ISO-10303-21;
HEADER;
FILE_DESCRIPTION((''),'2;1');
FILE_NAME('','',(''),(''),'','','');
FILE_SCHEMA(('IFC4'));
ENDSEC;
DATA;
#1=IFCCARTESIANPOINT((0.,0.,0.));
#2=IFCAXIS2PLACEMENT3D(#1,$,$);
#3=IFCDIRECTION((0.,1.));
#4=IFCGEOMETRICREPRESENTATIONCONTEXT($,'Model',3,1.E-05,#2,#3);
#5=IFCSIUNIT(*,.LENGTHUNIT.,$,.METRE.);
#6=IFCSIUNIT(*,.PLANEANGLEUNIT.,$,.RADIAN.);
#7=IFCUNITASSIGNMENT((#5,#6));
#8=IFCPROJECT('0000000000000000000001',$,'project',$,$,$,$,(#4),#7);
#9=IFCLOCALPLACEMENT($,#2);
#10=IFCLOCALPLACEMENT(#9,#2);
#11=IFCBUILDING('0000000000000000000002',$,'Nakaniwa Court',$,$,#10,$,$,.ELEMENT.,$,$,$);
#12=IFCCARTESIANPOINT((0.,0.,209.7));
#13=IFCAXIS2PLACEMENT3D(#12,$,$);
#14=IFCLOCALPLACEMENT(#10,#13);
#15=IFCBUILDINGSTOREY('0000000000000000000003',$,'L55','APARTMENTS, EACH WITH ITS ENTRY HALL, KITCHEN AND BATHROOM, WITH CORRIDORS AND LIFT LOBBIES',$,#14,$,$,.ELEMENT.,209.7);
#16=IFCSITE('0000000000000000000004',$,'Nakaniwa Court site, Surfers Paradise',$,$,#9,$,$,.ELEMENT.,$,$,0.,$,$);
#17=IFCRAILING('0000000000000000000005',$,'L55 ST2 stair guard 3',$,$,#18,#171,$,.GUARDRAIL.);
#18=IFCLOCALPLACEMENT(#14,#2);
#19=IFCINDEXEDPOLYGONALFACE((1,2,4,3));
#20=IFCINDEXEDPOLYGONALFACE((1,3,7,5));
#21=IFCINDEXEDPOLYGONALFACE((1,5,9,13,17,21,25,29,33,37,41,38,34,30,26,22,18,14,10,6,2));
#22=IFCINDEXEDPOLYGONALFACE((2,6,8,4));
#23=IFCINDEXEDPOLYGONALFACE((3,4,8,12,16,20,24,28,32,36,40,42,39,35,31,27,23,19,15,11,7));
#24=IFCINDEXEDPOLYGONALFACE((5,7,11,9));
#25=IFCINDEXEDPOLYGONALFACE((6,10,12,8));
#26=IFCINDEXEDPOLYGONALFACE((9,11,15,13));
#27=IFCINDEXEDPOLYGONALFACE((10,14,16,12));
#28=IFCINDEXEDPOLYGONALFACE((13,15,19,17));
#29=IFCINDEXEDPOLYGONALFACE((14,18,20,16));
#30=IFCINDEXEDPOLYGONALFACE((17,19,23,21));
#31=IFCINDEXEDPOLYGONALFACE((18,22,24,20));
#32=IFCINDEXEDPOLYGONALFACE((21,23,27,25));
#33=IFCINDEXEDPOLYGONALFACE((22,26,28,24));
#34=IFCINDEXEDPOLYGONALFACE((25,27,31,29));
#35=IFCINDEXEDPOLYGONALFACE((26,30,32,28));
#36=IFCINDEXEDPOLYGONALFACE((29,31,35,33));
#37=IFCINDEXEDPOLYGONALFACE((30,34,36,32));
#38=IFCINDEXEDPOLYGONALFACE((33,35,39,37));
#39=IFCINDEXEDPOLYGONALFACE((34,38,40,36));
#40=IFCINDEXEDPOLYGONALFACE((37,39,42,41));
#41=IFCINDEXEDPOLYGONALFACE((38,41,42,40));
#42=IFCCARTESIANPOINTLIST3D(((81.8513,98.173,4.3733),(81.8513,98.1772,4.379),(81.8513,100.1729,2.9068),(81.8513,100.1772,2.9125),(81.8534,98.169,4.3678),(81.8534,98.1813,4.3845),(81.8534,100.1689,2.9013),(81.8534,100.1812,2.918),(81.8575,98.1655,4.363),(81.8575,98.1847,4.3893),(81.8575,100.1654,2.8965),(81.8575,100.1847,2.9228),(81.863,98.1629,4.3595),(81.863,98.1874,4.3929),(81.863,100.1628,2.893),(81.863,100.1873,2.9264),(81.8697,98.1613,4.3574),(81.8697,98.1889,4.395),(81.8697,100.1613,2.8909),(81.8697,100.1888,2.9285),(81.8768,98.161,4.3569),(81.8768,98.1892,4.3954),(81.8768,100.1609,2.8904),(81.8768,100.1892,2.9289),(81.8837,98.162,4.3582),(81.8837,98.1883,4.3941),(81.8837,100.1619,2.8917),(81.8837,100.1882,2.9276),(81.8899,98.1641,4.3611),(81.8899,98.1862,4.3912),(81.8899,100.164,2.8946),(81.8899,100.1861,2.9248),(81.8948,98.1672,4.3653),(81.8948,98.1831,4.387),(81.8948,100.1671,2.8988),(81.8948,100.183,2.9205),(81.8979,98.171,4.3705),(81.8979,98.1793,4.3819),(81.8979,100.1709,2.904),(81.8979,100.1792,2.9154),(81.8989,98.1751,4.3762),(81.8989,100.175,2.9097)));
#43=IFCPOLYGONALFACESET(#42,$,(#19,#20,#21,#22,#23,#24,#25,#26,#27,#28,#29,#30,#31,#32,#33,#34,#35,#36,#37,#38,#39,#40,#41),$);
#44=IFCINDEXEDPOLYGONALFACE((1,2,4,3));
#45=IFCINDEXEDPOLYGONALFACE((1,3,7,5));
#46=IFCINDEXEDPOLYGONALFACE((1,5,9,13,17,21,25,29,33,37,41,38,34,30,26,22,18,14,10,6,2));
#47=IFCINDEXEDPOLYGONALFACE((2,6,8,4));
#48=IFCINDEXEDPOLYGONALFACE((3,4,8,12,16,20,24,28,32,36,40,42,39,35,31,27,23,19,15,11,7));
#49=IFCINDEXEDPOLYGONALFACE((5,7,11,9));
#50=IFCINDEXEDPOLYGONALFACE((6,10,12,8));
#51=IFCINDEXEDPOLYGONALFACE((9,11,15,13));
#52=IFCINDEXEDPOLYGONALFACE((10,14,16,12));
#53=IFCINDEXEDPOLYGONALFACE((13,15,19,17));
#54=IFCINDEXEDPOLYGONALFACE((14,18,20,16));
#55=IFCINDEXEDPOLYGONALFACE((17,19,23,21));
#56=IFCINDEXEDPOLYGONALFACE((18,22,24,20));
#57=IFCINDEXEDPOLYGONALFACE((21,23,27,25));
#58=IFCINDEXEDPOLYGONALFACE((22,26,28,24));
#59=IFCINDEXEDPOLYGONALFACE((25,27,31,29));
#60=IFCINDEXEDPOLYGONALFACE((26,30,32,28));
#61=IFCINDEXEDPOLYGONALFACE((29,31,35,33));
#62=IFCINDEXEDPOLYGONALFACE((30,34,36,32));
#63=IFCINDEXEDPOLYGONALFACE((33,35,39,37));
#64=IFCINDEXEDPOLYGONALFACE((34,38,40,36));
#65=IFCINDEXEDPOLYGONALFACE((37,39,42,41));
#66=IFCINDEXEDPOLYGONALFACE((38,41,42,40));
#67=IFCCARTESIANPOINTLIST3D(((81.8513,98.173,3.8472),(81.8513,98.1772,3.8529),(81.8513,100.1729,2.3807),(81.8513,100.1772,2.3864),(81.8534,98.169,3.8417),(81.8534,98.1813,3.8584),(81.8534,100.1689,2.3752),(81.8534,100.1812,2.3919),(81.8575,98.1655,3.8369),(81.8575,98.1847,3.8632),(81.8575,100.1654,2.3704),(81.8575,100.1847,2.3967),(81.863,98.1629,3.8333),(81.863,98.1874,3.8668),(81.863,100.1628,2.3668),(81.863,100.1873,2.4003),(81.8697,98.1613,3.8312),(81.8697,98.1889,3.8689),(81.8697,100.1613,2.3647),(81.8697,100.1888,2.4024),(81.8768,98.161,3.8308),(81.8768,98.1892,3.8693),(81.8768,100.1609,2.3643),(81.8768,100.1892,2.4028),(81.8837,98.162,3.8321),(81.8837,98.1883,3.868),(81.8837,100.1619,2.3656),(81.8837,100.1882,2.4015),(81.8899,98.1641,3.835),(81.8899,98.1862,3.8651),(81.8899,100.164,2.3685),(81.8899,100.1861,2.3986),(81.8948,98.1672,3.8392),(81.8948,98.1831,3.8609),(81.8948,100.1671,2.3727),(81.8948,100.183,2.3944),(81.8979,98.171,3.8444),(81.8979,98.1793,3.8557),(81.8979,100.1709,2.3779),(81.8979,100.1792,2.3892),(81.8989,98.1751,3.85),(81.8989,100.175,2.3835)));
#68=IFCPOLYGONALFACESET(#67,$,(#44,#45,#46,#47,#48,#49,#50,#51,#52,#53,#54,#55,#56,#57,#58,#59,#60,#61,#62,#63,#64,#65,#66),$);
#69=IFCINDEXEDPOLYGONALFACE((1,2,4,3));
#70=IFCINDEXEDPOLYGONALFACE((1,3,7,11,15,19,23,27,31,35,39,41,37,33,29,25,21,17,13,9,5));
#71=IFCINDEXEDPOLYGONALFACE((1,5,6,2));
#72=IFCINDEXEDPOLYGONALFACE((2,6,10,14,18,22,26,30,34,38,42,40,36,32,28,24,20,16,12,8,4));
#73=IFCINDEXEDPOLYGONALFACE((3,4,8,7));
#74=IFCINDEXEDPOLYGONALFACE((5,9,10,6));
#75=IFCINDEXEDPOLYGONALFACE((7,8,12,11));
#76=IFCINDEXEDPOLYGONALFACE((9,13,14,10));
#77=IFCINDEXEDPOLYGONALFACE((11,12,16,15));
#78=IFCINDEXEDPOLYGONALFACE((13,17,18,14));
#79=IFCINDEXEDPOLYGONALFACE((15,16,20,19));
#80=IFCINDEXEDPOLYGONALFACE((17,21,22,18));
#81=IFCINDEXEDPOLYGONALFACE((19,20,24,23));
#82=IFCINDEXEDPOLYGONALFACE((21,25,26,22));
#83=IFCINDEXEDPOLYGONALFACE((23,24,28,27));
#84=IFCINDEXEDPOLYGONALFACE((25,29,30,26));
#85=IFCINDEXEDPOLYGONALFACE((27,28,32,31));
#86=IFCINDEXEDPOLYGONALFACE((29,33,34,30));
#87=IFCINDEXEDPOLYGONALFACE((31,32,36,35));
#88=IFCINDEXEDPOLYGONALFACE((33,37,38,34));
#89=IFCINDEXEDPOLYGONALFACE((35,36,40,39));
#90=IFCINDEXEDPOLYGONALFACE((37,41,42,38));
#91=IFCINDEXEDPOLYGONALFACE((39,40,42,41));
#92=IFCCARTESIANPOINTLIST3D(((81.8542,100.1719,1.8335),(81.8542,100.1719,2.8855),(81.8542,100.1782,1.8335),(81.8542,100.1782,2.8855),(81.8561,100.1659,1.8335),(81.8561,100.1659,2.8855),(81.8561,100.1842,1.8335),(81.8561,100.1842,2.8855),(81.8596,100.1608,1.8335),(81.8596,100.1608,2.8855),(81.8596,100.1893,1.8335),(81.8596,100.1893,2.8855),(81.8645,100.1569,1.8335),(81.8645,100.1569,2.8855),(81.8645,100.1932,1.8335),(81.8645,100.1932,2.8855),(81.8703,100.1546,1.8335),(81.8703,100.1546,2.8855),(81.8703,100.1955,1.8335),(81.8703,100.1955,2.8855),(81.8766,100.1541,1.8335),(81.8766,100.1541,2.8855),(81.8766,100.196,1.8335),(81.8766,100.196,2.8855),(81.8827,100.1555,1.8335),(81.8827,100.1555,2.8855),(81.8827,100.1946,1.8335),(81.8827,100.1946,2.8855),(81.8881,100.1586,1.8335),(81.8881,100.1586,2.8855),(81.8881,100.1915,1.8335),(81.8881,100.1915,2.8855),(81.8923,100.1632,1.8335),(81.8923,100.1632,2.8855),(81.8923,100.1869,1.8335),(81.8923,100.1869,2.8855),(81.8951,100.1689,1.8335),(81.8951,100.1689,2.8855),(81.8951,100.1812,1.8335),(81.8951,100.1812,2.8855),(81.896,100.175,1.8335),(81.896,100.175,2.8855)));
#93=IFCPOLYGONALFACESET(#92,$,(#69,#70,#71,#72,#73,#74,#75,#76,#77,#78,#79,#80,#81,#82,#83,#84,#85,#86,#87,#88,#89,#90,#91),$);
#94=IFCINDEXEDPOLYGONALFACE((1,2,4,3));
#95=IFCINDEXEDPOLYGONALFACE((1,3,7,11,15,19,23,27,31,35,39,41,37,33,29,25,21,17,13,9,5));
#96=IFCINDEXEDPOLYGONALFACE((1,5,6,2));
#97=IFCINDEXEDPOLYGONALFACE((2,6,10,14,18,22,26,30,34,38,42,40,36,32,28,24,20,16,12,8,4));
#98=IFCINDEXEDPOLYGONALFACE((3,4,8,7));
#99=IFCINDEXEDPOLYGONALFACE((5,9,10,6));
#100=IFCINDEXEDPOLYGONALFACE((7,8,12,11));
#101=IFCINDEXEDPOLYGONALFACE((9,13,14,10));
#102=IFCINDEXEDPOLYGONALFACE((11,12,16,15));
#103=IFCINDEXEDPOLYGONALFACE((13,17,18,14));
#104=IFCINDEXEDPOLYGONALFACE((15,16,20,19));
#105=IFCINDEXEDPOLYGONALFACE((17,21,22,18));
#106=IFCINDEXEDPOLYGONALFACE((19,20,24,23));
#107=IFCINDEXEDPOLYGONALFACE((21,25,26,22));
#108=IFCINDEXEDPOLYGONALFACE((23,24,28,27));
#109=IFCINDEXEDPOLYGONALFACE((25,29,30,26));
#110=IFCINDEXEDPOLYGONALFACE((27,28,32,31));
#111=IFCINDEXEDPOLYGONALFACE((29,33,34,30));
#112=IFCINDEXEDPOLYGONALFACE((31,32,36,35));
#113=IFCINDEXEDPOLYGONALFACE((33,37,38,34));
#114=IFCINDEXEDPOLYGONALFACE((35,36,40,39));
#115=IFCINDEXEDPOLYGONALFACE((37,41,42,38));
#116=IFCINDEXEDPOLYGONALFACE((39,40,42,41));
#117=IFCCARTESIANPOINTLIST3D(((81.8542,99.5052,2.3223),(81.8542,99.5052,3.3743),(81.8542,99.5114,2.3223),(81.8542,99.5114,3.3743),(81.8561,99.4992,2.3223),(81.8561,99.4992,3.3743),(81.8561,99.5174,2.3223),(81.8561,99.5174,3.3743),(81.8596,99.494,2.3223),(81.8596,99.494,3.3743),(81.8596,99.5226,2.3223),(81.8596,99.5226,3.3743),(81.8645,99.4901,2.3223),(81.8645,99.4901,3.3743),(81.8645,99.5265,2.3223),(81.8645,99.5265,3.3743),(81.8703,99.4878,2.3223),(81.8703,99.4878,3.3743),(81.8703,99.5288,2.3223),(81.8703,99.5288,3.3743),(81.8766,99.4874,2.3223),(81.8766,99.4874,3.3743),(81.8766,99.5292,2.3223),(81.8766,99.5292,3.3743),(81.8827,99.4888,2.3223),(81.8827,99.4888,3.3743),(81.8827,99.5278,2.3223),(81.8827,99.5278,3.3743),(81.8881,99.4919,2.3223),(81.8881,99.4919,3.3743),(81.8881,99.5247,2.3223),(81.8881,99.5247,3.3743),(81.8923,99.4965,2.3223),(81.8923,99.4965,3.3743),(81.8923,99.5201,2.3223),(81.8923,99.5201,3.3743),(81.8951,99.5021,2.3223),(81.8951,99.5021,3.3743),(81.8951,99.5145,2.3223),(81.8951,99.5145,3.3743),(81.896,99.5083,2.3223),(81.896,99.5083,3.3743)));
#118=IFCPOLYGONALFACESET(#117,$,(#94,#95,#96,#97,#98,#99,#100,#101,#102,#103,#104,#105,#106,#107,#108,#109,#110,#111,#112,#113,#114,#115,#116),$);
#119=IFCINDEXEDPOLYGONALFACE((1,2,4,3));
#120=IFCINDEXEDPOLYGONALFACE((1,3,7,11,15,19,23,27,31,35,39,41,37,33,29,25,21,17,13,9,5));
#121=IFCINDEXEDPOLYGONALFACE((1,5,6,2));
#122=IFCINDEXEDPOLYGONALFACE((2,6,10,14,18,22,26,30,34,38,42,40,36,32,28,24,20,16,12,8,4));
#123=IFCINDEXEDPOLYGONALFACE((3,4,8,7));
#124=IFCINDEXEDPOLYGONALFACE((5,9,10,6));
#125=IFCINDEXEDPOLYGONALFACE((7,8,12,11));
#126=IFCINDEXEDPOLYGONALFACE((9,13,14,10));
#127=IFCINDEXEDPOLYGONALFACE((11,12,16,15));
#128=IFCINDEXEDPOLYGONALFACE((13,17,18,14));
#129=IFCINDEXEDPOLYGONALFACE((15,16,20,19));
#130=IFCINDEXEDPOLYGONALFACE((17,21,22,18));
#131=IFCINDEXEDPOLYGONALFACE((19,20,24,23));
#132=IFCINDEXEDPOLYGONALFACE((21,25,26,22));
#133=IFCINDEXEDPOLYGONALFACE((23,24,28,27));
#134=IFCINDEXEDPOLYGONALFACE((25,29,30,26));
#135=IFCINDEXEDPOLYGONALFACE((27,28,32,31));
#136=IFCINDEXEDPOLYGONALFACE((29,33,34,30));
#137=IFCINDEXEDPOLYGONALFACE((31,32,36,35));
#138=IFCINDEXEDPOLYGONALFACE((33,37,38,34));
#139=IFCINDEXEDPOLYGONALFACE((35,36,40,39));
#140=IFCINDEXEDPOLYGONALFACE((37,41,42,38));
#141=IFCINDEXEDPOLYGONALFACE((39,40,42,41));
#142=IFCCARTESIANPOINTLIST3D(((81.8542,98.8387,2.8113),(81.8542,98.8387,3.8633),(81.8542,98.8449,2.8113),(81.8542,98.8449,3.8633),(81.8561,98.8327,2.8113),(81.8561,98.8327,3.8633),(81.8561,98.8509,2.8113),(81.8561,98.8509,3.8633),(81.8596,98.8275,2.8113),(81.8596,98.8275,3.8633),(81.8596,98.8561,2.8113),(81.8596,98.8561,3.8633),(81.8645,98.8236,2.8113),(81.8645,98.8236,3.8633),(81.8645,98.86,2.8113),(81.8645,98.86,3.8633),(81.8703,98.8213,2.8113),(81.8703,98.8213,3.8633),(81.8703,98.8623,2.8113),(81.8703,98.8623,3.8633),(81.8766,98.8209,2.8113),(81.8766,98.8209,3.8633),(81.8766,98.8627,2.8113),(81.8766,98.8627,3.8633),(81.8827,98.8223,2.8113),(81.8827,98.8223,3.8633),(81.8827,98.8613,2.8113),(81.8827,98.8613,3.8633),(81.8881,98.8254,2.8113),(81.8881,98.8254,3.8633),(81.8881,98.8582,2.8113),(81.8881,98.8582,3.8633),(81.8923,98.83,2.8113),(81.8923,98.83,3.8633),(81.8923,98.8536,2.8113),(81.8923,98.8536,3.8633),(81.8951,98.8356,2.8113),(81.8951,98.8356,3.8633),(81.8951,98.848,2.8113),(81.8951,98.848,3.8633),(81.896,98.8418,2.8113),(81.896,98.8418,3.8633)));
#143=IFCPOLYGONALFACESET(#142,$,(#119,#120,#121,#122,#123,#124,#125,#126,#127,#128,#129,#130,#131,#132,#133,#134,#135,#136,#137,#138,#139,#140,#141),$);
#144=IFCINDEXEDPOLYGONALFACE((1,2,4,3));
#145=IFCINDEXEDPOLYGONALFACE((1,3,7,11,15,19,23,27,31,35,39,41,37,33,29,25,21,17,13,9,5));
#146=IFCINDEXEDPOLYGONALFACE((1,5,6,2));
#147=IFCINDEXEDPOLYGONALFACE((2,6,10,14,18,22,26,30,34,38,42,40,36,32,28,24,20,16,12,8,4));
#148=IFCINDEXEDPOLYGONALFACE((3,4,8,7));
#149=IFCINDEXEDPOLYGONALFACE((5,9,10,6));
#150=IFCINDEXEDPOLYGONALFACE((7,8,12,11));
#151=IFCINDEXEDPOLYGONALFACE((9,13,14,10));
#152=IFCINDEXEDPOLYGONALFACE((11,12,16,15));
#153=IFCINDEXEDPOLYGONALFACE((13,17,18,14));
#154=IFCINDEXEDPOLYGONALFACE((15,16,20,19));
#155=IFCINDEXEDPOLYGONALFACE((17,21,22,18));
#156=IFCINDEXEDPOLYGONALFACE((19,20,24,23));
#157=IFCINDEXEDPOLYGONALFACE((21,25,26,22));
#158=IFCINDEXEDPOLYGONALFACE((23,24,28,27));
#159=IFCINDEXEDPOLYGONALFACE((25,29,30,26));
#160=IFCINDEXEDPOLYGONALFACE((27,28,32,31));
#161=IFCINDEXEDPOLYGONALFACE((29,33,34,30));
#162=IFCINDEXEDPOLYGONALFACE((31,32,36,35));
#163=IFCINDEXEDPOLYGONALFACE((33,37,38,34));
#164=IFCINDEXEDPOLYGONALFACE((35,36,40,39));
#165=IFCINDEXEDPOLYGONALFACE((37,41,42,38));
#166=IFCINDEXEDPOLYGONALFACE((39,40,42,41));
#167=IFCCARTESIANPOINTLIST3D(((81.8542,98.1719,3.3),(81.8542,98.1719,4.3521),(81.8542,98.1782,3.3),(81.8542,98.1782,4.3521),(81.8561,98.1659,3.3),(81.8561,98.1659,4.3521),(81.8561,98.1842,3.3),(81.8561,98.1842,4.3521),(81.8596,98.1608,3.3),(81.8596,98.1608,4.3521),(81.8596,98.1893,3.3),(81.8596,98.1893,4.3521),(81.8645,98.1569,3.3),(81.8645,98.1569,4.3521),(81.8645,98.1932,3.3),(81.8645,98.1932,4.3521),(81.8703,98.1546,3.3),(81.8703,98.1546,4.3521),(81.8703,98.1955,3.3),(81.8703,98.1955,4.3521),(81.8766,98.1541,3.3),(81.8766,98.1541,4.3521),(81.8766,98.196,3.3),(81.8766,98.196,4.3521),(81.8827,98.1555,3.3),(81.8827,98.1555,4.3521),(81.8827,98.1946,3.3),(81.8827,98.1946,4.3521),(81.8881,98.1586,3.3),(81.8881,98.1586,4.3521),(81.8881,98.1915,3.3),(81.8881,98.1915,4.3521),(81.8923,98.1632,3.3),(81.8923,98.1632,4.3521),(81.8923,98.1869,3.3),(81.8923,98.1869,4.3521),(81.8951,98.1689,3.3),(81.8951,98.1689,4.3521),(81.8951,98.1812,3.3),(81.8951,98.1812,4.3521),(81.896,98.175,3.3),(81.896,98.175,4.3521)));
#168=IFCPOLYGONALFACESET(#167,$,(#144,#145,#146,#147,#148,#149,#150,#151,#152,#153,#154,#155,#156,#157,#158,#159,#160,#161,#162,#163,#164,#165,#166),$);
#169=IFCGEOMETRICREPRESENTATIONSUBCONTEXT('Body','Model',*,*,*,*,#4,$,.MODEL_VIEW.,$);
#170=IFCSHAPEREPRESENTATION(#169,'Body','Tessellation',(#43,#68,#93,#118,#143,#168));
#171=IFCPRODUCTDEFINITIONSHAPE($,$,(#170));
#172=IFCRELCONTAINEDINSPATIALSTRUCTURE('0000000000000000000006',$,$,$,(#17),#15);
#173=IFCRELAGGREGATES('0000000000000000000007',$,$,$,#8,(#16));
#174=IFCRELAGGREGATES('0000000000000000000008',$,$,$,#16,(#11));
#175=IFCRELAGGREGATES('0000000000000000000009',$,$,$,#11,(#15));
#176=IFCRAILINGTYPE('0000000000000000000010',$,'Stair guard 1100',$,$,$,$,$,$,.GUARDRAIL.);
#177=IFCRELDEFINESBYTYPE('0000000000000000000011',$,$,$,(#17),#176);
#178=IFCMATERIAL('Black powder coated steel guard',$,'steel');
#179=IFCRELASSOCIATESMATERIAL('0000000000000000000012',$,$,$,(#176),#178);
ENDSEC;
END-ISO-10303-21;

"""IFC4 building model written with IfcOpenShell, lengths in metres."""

from ifc_helpers import new_model, si_unit, direction, frame, origin, origin_2d, place, context, subcontext, project, spatial, circle, extrude, material, type_object, element, save


model = new_model("IFC4")

# Units and contexts
model_context = context("Model", 3, precision=1e-05, world=origin(), true_north=direction((0.0, 1.0)))
body_context = subcontext(model_context, "Body", "Model", "MODEL_VIEW")
ifc_project = project(units=[si_unit("LENGTHUNIT", "METRE"), si_unit("PLANEANGLEUNIT", "RADIAN")], contexts=[model_context])

# Site, building, storey
site_placement = place(None, origin())
site = spatial("IfcSite", under=ifc_project, at=site_placement, Name="Nakaniwa Court site, Surfers Paradise", CompositionType="ELEMENT", RefElevation=0.0)
building_placement = place(site_placement, origin())
building = spatial("IfcBuilding", under=site, at=building_placement, Name="Nakaniwa Court", CompositionType="ELEMENT")
storey_placement = place(building_placement, frame((0.0, 0.0, 209.7)))
storey = spatial("IfcBuildingStorey", under=building, at=storey_placement, Name="L55", Description="APARTMENTS, EACH WITH ITS ENTRY HALL, KITCHEN AND BATHROOM, WITH CORRIDORS AND LIFT LOBBIES", CompositionType="ELEMENT", Elevation=209.7)

# Railing
ifc_material_1 = material(Name="Black powder coated steel guard", Category="steel")
railing_type_1 = type_object("IfcRailingType", Name="Stair guard 1100", PredefinedType="GUARDRAIL", material=ifc_material_1)
railing_1_placement = place(storey_placement, frame((81.875, 100.175, 1.8335)))
element("IfcRailing", 1, at=railing_1_placement, inside=storey, type_object=railing_type_1, Name="L55 ST2 stair guard 3", PredefinedType="GUARDRAIL", context=body_context, shape_type="SweptSolid", body=[
    extrude(circle(Radius=0.0239, at=origin_2d()), frame((0.0, 0.0, 1.0762), z_axis=(0.0, -0.806427, 0.591334), x_axis=(1.0, 0.0, 0.0)), (0.0, 0.0, 1.0), 2.48),
    extrude(circle(Radius=0.0239, at=origin_2d()), frame((0.0, 0.0, 0.55), z_axis=(0.0, -0.806427, 0.591334), x_axis=(1.0, 0.0, 0.0)), (0.0, 0.0, 1.0), 2.48),
    extrude(circle(Radius=0.021, at=origin_2d()), origin(), (0.0, 0.0, 1.0), 1.052),
    extrude(circle(Radius=0.021, at=origin_2d()), frame((0.0, -0.6667, 0.4888)), (0.0, 0.0, 1.0), 1.052),
    extrude(circle(Radius=0.021, at=origin_2d()), frame((0.0, -1.3333, 0.9778)), (0.0, 0.0, 1.0), 1.052),
    extrude(circle(Radius=0.021, at=origin_2d()), frame((0.0, -2.0, 1.4666)), (0.0, 0.0, 1.0), 1.052),
])

save(model, "model.ifc")
